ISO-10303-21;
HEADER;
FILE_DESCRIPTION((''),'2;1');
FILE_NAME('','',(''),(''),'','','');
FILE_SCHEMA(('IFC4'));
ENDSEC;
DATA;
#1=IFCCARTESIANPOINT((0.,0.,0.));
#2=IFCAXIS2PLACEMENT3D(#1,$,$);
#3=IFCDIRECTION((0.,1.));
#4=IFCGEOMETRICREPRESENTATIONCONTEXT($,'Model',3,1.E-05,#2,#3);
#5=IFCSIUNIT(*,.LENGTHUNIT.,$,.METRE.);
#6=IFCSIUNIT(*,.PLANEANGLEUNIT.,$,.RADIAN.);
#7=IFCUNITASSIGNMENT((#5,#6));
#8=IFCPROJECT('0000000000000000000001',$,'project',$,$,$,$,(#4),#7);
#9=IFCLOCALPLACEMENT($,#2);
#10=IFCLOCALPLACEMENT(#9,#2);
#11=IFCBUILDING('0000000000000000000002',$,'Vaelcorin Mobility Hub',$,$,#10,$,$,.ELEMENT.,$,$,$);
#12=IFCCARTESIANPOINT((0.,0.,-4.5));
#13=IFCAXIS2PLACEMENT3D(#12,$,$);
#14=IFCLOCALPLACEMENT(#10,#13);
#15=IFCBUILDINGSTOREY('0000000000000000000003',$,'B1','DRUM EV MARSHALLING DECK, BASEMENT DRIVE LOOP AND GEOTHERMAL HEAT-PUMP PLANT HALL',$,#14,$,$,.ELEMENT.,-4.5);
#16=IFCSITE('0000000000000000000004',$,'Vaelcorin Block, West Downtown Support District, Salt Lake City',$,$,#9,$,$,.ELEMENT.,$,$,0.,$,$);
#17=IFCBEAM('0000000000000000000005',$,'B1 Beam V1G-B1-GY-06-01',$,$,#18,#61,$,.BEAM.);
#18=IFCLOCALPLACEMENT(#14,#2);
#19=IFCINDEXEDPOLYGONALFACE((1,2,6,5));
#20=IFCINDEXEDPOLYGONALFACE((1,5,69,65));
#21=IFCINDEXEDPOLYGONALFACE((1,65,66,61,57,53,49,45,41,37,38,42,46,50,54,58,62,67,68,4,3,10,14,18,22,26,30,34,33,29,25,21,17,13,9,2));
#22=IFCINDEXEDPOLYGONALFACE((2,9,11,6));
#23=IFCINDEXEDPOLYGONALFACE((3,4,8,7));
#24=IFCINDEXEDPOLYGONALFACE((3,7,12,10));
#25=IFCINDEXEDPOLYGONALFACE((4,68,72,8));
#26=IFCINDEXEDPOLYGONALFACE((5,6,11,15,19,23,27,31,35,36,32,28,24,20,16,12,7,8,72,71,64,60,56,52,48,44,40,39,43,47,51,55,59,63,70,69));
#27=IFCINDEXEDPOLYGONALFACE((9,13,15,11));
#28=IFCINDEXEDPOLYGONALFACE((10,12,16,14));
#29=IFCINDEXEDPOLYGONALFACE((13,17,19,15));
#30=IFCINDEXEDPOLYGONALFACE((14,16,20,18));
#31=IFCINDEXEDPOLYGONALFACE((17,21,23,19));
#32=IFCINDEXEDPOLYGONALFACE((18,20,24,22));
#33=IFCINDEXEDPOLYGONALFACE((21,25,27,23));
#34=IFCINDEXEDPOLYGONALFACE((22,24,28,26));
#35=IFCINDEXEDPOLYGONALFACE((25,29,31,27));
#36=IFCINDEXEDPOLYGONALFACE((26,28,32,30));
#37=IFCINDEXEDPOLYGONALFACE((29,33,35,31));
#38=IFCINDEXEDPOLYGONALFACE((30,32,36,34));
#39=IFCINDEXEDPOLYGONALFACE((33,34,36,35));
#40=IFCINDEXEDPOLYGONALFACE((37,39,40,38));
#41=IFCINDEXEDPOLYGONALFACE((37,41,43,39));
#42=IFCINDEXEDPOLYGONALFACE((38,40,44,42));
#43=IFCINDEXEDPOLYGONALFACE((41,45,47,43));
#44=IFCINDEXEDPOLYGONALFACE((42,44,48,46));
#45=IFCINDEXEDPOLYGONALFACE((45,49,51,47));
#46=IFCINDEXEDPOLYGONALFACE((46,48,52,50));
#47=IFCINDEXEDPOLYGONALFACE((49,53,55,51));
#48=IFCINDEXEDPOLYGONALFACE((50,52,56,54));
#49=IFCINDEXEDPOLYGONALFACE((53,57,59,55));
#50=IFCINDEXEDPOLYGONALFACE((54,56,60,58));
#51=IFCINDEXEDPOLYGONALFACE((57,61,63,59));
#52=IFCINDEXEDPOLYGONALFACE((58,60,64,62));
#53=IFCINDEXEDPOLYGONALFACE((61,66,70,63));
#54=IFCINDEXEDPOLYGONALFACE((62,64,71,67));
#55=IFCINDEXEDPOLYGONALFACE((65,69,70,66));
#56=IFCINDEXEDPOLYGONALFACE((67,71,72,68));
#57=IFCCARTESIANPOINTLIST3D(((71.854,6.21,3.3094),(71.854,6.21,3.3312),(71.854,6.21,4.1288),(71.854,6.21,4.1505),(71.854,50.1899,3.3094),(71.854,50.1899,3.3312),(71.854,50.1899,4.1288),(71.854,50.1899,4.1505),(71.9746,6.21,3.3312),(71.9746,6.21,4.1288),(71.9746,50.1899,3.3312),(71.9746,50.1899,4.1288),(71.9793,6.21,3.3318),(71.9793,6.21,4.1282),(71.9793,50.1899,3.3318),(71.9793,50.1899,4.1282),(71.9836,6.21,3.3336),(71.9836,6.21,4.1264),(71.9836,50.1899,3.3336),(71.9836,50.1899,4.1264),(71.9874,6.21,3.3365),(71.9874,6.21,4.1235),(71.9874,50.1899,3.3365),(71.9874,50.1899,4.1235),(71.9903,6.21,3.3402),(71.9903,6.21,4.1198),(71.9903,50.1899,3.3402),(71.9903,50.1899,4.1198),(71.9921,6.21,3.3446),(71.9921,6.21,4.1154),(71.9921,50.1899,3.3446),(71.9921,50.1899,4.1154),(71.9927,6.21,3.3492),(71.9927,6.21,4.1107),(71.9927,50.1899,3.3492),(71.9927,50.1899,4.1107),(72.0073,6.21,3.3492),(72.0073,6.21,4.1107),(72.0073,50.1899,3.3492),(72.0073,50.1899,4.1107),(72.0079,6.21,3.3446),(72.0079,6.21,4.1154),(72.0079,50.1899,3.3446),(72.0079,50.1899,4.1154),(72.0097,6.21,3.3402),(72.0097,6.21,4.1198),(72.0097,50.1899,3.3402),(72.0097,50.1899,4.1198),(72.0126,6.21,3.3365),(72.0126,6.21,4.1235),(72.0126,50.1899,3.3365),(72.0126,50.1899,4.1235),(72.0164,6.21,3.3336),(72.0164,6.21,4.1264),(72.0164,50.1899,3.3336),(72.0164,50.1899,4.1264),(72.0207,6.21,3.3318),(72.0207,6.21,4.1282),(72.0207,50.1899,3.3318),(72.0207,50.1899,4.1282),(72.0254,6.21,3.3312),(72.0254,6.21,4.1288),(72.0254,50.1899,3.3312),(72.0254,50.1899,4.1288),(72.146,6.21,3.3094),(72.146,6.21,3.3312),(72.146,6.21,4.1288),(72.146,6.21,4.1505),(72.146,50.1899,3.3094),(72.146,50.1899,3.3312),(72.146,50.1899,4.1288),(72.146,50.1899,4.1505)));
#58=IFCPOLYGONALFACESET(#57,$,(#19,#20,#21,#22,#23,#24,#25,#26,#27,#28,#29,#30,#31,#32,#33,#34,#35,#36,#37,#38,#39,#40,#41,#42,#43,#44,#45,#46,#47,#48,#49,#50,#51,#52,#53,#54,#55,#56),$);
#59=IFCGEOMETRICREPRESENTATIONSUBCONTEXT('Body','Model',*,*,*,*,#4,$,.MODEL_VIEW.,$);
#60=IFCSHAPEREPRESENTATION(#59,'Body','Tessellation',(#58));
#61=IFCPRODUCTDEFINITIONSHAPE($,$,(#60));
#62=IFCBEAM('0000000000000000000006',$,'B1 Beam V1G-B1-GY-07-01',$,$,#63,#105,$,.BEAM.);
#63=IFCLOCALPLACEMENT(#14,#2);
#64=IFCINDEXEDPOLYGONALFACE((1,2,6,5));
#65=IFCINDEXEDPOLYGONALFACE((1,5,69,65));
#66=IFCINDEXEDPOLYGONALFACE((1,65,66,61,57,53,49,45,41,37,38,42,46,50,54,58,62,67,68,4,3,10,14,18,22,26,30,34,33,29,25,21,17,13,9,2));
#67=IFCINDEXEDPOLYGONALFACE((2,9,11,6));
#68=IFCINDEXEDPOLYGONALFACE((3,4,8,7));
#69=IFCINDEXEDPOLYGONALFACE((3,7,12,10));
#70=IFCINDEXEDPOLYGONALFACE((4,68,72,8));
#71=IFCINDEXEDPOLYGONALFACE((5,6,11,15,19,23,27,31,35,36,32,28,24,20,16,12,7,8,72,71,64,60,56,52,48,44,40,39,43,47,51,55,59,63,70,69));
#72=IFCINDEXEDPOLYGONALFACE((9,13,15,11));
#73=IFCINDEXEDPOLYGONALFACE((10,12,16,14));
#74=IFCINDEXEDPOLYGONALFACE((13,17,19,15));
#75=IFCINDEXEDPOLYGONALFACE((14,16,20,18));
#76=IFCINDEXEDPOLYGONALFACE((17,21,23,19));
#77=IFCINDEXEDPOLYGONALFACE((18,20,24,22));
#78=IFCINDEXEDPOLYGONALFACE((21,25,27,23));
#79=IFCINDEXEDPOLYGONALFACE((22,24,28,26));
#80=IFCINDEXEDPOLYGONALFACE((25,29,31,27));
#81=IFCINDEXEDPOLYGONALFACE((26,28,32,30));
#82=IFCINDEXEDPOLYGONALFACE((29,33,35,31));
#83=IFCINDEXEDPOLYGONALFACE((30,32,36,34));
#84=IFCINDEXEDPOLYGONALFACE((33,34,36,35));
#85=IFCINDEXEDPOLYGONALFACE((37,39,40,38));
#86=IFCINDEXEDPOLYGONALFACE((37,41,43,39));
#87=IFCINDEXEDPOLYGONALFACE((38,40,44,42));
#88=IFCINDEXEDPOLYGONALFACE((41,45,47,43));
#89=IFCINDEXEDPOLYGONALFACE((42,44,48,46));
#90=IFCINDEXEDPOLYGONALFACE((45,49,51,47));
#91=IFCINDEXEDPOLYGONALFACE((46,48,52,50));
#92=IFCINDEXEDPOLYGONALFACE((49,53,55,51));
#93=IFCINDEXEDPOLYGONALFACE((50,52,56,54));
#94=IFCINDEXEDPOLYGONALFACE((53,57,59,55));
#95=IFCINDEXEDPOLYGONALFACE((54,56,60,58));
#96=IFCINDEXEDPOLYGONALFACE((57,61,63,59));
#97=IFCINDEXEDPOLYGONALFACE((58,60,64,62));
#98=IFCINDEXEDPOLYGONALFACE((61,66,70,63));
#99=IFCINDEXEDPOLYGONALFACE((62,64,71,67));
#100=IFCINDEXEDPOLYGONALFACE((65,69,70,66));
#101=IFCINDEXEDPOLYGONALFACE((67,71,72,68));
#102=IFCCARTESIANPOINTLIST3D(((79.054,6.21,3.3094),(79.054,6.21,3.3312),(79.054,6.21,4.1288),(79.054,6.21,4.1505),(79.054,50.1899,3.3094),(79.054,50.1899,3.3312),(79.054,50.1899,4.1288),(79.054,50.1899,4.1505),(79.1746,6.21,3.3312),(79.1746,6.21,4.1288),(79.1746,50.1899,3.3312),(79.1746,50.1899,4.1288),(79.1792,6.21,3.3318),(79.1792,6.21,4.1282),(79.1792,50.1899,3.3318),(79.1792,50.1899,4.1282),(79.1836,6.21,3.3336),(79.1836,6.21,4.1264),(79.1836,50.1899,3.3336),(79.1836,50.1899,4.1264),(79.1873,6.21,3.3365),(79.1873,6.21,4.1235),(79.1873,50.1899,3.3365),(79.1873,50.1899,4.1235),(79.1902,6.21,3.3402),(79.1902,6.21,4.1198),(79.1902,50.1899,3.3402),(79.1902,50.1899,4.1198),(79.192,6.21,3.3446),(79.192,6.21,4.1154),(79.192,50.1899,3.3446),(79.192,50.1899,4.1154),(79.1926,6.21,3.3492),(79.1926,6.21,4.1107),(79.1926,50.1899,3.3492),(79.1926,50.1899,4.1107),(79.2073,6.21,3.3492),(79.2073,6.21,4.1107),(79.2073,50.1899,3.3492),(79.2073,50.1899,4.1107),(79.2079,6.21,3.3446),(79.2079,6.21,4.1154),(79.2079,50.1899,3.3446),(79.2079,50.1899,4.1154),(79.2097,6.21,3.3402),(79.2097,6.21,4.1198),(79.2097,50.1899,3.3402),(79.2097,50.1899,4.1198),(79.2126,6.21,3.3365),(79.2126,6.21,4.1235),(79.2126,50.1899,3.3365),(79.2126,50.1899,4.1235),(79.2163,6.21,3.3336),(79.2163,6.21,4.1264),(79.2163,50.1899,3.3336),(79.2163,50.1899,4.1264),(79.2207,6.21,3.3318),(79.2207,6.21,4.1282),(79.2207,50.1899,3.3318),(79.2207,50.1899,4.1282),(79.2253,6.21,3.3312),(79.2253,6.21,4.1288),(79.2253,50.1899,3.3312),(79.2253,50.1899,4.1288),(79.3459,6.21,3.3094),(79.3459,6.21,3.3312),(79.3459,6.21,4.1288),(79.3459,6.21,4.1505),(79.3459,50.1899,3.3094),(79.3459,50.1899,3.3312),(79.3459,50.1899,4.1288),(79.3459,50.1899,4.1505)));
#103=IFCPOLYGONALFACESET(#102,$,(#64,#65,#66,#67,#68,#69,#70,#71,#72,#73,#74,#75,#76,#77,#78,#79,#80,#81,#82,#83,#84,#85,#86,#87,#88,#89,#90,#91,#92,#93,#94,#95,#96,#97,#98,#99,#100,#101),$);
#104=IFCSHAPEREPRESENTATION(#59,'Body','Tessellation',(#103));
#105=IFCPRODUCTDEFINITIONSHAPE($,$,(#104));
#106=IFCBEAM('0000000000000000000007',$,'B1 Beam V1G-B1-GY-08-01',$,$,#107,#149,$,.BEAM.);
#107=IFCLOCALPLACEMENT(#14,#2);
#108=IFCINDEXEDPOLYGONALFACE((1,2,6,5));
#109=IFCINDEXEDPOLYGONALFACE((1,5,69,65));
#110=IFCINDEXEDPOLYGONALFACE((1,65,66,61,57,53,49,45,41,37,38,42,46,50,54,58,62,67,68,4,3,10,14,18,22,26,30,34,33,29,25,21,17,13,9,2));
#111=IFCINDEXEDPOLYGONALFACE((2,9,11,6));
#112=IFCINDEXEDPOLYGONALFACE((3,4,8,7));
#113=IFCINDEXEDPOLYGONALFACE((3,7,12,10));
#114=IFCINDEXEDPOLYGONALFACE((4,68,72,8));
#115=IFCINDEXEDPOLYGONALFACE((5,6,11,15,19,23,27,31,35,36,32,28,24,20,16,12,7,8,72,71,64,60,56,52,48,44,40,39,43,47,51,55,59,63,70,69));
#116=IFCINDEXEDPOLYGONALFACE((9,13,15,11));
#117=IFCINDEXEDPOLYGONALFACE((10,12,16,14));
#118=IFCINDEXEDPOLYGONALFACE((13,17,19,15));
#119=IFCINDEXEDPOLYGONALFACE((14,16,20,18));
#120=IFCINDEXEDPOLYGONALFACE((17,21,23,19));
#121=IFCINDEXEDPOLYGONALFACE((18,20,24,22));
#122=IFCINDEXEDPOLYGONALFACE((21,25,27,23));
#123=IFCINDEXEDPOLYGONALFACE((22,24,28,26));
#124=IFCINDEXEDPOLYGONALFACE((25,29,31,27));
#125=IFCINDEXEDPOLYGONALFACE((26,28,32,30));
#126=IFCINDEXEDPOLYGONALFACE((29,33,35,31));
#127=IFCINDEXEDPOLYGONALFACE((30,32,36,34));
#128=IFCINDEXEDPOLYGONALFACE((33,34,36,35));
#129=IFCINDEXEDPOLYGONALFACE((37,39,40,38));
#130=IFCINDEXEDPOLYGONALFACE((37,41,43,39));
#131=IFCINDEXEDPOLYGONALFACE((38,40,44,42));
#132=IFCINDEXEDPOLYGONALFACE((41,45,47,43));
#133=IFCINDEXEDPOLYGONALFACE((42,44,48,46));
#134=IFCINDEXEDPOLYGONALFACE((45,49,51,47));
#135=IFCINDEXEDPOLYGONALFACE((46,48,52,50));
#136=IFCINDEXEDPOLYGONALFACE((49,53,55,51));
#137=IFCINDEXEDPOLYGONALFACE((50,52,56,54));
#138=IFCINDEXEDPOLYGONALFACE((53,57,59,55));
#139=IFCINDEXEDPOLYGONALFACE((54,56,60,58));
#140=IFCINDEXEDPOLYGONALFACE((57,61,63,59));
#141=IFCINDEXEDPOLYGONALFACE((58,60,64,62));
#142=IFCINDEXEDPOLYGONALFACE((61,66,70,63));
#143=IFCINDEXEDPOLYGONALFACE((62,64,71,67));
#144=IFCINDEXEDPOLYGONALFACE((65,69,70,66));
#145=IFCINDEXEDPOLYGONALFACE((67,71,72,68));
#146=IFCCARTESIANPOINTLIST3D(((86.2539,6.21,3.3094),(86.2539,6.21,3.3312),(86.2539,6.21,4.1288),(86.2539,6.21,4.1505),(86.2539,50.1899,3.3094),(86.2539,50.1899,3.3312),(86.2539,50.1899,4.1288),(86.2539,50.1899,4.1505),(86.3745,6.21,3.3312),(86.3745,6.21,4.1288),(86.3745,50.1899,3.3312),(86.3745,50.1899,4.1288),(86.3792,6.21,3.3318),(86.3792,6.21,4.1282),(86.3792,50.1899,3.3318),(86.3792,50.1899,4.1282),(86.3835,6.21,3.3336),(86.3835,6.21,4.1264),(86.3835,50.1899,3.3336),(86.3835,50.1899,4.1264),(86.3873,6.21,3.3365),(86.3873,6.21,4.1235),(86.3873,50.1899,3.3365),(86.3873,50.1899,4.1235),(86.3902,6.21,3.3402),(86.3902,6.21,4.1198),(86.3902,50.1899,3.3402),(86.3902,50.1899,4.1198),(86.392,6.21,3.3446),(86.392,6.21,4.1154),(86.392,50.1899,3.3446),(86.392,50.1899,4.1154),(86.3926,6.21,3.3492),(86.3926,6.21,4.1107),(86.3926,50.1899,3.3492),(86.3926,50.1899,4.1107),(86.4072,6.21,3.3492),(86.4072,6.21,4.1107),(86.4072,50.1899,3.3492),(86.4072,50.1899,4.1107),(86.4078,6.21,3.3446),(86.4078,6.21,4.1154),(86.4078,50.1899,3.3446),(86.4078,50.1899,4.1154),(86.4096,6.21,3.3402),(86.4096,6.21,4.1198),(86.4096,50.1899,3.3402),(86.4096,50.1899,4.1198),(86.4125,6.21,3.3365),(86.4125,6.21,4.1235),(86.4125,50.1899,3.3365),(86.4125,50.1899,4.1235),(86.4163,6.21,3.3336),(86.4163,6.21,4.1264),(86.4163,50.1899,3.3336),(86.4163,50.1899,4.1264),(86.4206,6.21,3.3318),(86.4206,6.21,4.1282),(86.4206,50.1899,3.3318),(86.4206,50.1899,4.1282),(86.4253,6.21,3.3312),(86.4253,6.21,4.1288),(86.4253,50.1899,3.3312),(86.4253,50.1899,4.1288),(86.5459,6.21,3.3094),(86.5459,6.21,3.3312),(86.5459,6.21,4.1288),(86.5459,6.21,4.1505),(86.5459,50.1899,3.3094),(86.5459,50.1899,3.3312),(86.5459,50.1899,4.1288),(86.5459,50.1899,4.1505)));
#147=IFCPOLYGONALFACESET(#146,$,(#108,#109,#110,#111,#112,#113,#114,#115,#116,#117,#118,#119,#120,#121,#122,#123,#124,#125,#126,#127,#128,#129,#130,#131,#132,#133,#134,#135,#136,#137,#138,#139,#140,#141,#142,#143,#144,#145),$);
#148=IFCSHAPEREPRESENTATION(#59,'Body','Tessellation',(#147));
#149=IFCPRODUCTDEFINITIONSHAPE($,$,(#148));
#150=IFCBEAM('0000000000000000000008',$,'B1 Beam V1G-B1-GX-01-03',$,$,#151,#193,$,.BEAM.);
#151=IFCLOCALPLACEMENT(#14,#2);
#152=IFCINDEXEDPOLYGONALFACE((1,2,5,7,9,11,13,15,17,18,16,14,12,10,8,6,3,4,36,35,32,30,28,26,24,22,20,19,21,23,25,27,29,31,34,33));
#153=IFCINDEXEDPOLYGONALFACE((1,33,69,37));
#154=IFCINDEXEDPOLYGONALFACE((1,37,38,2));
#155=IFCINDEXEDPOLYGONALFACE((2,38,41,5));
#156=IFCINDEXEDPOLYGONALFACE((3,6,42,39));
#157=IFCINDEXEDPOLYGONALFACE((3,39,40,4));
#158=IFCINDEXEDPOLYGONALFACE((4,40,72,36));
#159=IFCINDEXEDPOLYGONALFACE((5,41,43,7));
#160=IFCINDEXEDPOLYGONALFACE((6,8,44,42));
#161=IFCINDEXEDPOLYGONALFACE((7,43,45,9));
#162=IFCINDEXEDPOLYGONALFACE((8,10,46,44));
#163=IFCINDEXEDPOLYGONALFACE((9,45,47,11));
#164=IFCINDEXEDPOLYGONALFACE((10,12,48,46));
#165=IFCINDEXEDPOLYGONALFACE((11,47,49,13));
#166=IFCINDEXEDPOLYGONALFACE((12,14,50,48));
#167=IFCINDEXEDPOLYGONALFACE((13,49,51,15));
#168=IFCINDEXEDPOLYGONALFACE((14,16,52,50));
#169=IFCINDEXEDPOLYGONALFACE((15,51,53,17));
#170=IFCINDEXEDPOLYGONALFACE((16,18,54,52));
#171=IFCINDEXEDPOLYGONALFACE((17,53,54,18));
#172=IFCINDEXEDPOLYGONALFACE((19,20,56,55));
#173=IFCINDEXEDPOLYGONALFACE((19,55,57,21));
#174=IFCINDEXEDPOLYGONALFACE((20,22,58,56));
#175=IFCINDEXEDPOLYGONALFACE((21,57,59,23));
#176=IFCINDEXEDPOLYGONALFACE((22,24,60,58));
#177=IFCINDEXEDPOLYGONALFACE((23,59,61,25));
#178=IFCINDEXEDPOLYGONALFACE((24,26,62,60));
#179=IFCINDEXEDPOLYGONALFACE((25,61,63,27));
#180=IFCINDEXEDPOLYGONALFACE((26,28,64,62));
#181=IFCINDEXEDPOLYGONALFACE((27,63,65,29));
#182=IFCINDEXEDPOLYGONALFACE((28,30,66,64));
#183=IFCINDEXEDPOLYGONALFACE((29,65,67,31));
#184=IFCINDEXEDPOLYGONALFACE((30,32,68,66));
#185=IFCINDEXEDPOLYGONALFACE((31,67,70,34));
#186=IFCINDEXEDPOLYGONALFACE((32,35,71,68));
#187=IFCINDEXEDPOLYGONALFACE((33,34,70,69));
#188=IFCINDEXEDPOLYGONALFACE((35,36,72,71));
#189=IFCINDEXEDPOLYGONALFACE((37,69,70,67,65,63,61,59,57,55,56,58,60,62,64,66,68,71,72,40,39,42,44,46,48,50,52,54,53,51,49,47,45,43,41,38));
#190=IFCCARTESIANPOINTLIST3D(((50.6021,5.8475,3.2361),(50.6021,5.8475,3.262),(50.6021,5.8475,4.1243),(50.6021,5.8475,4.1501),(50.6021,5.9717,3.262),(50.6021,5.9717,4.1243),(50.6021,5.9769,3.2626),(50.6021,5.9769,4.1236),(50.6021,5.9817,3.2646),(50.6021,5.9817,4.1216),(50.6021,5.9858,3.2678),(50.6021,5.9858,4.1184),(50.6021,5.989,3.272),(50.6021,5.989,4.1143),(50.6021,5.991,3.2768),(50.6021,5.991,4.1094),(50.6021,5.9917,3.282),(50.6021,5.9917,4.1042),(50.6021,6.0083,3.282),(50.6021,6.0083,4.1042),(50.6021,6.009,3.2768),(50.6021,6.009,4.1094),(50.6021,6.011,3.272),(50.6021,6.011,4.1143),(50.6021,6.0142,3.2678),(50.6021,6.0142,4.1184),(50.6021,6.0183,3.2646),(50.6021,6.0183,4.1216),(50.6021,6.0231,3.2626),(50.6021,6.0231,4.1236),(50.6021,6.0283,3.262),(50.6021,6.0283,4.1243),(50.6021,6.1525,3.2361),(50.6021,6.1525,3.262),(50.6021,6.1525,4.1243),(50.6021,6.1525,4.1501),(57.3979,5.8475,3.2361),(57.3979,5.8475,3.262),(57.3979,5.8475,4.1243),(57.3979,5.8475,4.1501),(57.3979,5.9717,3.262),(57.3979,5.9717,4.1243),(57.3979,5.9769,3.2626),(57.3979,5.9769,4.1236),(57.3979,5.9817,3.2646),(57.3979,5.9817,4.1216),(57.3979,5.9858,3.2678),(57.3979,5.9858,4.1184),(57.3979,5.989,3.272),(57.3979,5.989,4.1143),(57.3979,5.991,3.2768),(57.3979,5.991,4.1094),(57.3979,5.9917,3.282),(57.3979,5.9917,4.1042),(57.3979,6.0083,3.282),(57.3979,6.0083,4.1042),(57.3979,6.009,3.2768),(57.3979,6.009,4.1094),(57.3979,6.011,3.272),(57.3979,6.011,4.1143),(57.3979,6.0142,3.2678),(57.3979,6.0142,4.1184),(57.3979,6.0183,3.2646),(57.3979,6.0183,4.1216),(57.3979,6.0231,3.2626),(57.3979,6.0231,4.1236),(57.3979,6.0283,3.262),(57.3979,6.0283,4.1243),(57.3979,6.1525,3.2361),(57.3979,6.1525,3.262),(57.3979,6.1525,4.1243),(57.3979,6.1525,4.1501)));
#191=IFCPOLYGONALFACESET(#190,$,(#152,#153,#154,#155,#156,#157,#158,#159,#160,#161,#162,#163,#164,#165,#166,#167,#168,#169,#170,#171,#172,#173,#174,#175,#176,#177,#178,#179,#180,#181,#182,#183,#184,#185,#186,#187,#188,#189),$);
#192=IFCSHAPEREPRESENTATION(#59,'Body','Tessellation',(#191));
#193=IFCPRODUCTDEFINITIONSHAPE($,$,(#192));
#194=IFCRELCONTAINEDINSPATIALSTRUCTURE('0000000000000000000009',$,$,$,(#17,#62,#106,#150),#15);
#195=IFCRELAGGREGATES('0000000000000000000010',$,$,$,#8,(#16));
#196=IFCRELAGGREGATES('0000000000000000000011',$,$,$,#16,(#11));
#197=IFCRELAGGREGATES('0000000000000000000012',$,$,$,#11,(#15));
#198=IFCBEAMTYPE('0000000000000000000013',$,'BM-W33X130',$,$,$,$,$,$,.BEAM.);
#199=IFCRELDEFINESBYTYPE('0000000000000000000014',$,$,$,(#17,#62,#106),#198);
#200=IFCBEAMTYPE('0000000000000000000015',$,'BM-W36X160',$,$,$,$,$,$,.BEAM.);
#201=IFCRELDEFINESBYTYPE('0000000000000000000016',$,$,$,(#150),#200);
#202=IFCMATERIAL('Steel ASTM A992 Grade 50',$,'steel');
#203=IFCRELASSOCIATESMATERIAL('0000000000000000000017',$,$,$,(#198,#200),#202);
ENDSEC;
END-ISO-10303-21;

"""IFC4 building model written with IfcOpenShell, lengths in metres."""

from ifc_helpers import new_model, si_unit, direction, frame, origin, origin_2d, place, context, subcontext, project, spatial, i_section, extrude, material, material_profile, profile_set, type_object, element, save


model = new_model("IFC4")

# Units and contexts
model_context = context("Model", 3, precision=1e-05, world=origin(), true_north=direction((0.0, 1.0)))
body_context = subcontext(model_context, "Body", "Model", "MODEL_VIEW")
ifc_project = project(units=[si_unit("LENGTHUNIT", "METRE"), si_unit("PLANEANGLEUNIT", "RADIAN")], contexts=[model_context])

# Site, building, storey
site_placement = place(None, origin())
site = spatial("IfcSite", under=ifc_project, at=site_placement, Name="Vaelcorin Block, West Downtown Support District, Salt Lake City", CompositionType="ELEMENT", RefElevation=0.0)
building_placement = place(site_placement, origin())
building = spatial("IfcBuilding", under=site, at=building_placement, Name="Vaelcorin Mobility Hub", CompositionType="ELEMENT")
storey_placement = place(building_placement, frame((0.0, 0.0, -4.5)))
storey = spatial("IfcBuildingStorey", under=building, at=storey_placement, Name="B1", Description="DRUM EV MARSHALLING DECK, BASEMENT DRIVE LOOP AND GEOTHERMAL HEAT-PUMP PLANT HALL", CompositionType="ELEMENT", Elevation=-4.5)

# Shared definitions
ifc_material_1 = material(Name="Steel ASTM A992 Grade 50", Category="steel")

# Beams
ifc_material_profile_1 = material_profile(ifc_material_1, i_section(OverallWidth=0.292, OverallDepth=0.8411, WebThickness=0.0146, FlangeThickness=0.0217, FilletRadius=0.0181, at=origin_2d()), Name="W33X130")
ifc_profile_set_1 = profile_set([ifc_material_profile_1], Name="Steel ASTM A992 Grade 50")
beam_type_1 = type_object("IfcBeamType", Name="BM-W33X130", PredefinedType="BEAM", material=ifc_profile_set_1)
for number, where, z_axis, x_axis, name in (
    (1, (72.0, 6.21, 3.73), (0.0, 1.0, 0.0), (-1.0, 0.0, 0.0), "B1 Beam V1G-B1-GY-06-01"),
    (2, (79.2, 6.21, 3.73), (0.0, 1.0, 0.0), (-1.0, 0.0, 0.0), "B1 Beam V1G-B1-GY-07-01"),
    (3, (86.3999, 6.21, 3.73), (0.0, 1.0, 0.0), (-1.0, 0.0, 0.0), "B1 Beam V1G-B1-GY-08-01"),
):
    element("IfcBeam", number, at=place(storey_placement, frame(where, z_axis=z_axis, x_axis=x_axis)), inside=storey, type_object=beam_type_1, Name=name, PredefinedType="BEAM", context=body_context, shape_type="SweptSolid", body=[
        extrude(i_section(OverallWidth=0.292, OverallDepth=0.8411, WebThickness=0.0146, FlangeThickness=0.0217, FilletRadius=0.0181, at=origin_2d()), origin(), (0.0, 0.0, 1.0), 43.98),
    ])
ifc_material_profile_2 = material_profile(ifc_material_1, i_section(OverallWidth=0.3049, OverallDepth=0.9141, WebThickness=0.0166, FlangeThickness=0.0259, FilletRadius=0.02, at=origin_2d()), Name="W36X160")
ifc_profile_set_2 = profile_set([ifc_material_profile_2], Name="Steel ASTM A992 Grade 50")
beam_type_2 = type_object("IfcBeamType", Name="BM-W36X160", PredefinedType="BEAM", material=ifc_profile_set_2)
for number, where, z_axis, x_axis, name in (
    (4, (50.6021, 6.0, 3.6931), (1.0, 0.0, 0.0), (0.0, 1.0, 0.0), "B1 Beam V1G-B1-GX-01-03"),
):
    element("IfcBeam", number, at=place(storey_placement, frame(where, z_axis=z_axis, x_axis=x_axis)), inside=storey, type_object=beam_type_2, Name=name, PredefinedType="BEAM", context=body_context, shape_type="SweptSolid", body=[
        extrude(i_section(OverallWidth=0.3049, OverallDepth=0.9141, WebThickness=0.0166, FlangeThickness=0.0259, FilletRadius=0.02, at=origin_2d()), origin(), (0.0, 0.0, 1.0), 6.7959),
    ])

save(model, "model.ifc")
